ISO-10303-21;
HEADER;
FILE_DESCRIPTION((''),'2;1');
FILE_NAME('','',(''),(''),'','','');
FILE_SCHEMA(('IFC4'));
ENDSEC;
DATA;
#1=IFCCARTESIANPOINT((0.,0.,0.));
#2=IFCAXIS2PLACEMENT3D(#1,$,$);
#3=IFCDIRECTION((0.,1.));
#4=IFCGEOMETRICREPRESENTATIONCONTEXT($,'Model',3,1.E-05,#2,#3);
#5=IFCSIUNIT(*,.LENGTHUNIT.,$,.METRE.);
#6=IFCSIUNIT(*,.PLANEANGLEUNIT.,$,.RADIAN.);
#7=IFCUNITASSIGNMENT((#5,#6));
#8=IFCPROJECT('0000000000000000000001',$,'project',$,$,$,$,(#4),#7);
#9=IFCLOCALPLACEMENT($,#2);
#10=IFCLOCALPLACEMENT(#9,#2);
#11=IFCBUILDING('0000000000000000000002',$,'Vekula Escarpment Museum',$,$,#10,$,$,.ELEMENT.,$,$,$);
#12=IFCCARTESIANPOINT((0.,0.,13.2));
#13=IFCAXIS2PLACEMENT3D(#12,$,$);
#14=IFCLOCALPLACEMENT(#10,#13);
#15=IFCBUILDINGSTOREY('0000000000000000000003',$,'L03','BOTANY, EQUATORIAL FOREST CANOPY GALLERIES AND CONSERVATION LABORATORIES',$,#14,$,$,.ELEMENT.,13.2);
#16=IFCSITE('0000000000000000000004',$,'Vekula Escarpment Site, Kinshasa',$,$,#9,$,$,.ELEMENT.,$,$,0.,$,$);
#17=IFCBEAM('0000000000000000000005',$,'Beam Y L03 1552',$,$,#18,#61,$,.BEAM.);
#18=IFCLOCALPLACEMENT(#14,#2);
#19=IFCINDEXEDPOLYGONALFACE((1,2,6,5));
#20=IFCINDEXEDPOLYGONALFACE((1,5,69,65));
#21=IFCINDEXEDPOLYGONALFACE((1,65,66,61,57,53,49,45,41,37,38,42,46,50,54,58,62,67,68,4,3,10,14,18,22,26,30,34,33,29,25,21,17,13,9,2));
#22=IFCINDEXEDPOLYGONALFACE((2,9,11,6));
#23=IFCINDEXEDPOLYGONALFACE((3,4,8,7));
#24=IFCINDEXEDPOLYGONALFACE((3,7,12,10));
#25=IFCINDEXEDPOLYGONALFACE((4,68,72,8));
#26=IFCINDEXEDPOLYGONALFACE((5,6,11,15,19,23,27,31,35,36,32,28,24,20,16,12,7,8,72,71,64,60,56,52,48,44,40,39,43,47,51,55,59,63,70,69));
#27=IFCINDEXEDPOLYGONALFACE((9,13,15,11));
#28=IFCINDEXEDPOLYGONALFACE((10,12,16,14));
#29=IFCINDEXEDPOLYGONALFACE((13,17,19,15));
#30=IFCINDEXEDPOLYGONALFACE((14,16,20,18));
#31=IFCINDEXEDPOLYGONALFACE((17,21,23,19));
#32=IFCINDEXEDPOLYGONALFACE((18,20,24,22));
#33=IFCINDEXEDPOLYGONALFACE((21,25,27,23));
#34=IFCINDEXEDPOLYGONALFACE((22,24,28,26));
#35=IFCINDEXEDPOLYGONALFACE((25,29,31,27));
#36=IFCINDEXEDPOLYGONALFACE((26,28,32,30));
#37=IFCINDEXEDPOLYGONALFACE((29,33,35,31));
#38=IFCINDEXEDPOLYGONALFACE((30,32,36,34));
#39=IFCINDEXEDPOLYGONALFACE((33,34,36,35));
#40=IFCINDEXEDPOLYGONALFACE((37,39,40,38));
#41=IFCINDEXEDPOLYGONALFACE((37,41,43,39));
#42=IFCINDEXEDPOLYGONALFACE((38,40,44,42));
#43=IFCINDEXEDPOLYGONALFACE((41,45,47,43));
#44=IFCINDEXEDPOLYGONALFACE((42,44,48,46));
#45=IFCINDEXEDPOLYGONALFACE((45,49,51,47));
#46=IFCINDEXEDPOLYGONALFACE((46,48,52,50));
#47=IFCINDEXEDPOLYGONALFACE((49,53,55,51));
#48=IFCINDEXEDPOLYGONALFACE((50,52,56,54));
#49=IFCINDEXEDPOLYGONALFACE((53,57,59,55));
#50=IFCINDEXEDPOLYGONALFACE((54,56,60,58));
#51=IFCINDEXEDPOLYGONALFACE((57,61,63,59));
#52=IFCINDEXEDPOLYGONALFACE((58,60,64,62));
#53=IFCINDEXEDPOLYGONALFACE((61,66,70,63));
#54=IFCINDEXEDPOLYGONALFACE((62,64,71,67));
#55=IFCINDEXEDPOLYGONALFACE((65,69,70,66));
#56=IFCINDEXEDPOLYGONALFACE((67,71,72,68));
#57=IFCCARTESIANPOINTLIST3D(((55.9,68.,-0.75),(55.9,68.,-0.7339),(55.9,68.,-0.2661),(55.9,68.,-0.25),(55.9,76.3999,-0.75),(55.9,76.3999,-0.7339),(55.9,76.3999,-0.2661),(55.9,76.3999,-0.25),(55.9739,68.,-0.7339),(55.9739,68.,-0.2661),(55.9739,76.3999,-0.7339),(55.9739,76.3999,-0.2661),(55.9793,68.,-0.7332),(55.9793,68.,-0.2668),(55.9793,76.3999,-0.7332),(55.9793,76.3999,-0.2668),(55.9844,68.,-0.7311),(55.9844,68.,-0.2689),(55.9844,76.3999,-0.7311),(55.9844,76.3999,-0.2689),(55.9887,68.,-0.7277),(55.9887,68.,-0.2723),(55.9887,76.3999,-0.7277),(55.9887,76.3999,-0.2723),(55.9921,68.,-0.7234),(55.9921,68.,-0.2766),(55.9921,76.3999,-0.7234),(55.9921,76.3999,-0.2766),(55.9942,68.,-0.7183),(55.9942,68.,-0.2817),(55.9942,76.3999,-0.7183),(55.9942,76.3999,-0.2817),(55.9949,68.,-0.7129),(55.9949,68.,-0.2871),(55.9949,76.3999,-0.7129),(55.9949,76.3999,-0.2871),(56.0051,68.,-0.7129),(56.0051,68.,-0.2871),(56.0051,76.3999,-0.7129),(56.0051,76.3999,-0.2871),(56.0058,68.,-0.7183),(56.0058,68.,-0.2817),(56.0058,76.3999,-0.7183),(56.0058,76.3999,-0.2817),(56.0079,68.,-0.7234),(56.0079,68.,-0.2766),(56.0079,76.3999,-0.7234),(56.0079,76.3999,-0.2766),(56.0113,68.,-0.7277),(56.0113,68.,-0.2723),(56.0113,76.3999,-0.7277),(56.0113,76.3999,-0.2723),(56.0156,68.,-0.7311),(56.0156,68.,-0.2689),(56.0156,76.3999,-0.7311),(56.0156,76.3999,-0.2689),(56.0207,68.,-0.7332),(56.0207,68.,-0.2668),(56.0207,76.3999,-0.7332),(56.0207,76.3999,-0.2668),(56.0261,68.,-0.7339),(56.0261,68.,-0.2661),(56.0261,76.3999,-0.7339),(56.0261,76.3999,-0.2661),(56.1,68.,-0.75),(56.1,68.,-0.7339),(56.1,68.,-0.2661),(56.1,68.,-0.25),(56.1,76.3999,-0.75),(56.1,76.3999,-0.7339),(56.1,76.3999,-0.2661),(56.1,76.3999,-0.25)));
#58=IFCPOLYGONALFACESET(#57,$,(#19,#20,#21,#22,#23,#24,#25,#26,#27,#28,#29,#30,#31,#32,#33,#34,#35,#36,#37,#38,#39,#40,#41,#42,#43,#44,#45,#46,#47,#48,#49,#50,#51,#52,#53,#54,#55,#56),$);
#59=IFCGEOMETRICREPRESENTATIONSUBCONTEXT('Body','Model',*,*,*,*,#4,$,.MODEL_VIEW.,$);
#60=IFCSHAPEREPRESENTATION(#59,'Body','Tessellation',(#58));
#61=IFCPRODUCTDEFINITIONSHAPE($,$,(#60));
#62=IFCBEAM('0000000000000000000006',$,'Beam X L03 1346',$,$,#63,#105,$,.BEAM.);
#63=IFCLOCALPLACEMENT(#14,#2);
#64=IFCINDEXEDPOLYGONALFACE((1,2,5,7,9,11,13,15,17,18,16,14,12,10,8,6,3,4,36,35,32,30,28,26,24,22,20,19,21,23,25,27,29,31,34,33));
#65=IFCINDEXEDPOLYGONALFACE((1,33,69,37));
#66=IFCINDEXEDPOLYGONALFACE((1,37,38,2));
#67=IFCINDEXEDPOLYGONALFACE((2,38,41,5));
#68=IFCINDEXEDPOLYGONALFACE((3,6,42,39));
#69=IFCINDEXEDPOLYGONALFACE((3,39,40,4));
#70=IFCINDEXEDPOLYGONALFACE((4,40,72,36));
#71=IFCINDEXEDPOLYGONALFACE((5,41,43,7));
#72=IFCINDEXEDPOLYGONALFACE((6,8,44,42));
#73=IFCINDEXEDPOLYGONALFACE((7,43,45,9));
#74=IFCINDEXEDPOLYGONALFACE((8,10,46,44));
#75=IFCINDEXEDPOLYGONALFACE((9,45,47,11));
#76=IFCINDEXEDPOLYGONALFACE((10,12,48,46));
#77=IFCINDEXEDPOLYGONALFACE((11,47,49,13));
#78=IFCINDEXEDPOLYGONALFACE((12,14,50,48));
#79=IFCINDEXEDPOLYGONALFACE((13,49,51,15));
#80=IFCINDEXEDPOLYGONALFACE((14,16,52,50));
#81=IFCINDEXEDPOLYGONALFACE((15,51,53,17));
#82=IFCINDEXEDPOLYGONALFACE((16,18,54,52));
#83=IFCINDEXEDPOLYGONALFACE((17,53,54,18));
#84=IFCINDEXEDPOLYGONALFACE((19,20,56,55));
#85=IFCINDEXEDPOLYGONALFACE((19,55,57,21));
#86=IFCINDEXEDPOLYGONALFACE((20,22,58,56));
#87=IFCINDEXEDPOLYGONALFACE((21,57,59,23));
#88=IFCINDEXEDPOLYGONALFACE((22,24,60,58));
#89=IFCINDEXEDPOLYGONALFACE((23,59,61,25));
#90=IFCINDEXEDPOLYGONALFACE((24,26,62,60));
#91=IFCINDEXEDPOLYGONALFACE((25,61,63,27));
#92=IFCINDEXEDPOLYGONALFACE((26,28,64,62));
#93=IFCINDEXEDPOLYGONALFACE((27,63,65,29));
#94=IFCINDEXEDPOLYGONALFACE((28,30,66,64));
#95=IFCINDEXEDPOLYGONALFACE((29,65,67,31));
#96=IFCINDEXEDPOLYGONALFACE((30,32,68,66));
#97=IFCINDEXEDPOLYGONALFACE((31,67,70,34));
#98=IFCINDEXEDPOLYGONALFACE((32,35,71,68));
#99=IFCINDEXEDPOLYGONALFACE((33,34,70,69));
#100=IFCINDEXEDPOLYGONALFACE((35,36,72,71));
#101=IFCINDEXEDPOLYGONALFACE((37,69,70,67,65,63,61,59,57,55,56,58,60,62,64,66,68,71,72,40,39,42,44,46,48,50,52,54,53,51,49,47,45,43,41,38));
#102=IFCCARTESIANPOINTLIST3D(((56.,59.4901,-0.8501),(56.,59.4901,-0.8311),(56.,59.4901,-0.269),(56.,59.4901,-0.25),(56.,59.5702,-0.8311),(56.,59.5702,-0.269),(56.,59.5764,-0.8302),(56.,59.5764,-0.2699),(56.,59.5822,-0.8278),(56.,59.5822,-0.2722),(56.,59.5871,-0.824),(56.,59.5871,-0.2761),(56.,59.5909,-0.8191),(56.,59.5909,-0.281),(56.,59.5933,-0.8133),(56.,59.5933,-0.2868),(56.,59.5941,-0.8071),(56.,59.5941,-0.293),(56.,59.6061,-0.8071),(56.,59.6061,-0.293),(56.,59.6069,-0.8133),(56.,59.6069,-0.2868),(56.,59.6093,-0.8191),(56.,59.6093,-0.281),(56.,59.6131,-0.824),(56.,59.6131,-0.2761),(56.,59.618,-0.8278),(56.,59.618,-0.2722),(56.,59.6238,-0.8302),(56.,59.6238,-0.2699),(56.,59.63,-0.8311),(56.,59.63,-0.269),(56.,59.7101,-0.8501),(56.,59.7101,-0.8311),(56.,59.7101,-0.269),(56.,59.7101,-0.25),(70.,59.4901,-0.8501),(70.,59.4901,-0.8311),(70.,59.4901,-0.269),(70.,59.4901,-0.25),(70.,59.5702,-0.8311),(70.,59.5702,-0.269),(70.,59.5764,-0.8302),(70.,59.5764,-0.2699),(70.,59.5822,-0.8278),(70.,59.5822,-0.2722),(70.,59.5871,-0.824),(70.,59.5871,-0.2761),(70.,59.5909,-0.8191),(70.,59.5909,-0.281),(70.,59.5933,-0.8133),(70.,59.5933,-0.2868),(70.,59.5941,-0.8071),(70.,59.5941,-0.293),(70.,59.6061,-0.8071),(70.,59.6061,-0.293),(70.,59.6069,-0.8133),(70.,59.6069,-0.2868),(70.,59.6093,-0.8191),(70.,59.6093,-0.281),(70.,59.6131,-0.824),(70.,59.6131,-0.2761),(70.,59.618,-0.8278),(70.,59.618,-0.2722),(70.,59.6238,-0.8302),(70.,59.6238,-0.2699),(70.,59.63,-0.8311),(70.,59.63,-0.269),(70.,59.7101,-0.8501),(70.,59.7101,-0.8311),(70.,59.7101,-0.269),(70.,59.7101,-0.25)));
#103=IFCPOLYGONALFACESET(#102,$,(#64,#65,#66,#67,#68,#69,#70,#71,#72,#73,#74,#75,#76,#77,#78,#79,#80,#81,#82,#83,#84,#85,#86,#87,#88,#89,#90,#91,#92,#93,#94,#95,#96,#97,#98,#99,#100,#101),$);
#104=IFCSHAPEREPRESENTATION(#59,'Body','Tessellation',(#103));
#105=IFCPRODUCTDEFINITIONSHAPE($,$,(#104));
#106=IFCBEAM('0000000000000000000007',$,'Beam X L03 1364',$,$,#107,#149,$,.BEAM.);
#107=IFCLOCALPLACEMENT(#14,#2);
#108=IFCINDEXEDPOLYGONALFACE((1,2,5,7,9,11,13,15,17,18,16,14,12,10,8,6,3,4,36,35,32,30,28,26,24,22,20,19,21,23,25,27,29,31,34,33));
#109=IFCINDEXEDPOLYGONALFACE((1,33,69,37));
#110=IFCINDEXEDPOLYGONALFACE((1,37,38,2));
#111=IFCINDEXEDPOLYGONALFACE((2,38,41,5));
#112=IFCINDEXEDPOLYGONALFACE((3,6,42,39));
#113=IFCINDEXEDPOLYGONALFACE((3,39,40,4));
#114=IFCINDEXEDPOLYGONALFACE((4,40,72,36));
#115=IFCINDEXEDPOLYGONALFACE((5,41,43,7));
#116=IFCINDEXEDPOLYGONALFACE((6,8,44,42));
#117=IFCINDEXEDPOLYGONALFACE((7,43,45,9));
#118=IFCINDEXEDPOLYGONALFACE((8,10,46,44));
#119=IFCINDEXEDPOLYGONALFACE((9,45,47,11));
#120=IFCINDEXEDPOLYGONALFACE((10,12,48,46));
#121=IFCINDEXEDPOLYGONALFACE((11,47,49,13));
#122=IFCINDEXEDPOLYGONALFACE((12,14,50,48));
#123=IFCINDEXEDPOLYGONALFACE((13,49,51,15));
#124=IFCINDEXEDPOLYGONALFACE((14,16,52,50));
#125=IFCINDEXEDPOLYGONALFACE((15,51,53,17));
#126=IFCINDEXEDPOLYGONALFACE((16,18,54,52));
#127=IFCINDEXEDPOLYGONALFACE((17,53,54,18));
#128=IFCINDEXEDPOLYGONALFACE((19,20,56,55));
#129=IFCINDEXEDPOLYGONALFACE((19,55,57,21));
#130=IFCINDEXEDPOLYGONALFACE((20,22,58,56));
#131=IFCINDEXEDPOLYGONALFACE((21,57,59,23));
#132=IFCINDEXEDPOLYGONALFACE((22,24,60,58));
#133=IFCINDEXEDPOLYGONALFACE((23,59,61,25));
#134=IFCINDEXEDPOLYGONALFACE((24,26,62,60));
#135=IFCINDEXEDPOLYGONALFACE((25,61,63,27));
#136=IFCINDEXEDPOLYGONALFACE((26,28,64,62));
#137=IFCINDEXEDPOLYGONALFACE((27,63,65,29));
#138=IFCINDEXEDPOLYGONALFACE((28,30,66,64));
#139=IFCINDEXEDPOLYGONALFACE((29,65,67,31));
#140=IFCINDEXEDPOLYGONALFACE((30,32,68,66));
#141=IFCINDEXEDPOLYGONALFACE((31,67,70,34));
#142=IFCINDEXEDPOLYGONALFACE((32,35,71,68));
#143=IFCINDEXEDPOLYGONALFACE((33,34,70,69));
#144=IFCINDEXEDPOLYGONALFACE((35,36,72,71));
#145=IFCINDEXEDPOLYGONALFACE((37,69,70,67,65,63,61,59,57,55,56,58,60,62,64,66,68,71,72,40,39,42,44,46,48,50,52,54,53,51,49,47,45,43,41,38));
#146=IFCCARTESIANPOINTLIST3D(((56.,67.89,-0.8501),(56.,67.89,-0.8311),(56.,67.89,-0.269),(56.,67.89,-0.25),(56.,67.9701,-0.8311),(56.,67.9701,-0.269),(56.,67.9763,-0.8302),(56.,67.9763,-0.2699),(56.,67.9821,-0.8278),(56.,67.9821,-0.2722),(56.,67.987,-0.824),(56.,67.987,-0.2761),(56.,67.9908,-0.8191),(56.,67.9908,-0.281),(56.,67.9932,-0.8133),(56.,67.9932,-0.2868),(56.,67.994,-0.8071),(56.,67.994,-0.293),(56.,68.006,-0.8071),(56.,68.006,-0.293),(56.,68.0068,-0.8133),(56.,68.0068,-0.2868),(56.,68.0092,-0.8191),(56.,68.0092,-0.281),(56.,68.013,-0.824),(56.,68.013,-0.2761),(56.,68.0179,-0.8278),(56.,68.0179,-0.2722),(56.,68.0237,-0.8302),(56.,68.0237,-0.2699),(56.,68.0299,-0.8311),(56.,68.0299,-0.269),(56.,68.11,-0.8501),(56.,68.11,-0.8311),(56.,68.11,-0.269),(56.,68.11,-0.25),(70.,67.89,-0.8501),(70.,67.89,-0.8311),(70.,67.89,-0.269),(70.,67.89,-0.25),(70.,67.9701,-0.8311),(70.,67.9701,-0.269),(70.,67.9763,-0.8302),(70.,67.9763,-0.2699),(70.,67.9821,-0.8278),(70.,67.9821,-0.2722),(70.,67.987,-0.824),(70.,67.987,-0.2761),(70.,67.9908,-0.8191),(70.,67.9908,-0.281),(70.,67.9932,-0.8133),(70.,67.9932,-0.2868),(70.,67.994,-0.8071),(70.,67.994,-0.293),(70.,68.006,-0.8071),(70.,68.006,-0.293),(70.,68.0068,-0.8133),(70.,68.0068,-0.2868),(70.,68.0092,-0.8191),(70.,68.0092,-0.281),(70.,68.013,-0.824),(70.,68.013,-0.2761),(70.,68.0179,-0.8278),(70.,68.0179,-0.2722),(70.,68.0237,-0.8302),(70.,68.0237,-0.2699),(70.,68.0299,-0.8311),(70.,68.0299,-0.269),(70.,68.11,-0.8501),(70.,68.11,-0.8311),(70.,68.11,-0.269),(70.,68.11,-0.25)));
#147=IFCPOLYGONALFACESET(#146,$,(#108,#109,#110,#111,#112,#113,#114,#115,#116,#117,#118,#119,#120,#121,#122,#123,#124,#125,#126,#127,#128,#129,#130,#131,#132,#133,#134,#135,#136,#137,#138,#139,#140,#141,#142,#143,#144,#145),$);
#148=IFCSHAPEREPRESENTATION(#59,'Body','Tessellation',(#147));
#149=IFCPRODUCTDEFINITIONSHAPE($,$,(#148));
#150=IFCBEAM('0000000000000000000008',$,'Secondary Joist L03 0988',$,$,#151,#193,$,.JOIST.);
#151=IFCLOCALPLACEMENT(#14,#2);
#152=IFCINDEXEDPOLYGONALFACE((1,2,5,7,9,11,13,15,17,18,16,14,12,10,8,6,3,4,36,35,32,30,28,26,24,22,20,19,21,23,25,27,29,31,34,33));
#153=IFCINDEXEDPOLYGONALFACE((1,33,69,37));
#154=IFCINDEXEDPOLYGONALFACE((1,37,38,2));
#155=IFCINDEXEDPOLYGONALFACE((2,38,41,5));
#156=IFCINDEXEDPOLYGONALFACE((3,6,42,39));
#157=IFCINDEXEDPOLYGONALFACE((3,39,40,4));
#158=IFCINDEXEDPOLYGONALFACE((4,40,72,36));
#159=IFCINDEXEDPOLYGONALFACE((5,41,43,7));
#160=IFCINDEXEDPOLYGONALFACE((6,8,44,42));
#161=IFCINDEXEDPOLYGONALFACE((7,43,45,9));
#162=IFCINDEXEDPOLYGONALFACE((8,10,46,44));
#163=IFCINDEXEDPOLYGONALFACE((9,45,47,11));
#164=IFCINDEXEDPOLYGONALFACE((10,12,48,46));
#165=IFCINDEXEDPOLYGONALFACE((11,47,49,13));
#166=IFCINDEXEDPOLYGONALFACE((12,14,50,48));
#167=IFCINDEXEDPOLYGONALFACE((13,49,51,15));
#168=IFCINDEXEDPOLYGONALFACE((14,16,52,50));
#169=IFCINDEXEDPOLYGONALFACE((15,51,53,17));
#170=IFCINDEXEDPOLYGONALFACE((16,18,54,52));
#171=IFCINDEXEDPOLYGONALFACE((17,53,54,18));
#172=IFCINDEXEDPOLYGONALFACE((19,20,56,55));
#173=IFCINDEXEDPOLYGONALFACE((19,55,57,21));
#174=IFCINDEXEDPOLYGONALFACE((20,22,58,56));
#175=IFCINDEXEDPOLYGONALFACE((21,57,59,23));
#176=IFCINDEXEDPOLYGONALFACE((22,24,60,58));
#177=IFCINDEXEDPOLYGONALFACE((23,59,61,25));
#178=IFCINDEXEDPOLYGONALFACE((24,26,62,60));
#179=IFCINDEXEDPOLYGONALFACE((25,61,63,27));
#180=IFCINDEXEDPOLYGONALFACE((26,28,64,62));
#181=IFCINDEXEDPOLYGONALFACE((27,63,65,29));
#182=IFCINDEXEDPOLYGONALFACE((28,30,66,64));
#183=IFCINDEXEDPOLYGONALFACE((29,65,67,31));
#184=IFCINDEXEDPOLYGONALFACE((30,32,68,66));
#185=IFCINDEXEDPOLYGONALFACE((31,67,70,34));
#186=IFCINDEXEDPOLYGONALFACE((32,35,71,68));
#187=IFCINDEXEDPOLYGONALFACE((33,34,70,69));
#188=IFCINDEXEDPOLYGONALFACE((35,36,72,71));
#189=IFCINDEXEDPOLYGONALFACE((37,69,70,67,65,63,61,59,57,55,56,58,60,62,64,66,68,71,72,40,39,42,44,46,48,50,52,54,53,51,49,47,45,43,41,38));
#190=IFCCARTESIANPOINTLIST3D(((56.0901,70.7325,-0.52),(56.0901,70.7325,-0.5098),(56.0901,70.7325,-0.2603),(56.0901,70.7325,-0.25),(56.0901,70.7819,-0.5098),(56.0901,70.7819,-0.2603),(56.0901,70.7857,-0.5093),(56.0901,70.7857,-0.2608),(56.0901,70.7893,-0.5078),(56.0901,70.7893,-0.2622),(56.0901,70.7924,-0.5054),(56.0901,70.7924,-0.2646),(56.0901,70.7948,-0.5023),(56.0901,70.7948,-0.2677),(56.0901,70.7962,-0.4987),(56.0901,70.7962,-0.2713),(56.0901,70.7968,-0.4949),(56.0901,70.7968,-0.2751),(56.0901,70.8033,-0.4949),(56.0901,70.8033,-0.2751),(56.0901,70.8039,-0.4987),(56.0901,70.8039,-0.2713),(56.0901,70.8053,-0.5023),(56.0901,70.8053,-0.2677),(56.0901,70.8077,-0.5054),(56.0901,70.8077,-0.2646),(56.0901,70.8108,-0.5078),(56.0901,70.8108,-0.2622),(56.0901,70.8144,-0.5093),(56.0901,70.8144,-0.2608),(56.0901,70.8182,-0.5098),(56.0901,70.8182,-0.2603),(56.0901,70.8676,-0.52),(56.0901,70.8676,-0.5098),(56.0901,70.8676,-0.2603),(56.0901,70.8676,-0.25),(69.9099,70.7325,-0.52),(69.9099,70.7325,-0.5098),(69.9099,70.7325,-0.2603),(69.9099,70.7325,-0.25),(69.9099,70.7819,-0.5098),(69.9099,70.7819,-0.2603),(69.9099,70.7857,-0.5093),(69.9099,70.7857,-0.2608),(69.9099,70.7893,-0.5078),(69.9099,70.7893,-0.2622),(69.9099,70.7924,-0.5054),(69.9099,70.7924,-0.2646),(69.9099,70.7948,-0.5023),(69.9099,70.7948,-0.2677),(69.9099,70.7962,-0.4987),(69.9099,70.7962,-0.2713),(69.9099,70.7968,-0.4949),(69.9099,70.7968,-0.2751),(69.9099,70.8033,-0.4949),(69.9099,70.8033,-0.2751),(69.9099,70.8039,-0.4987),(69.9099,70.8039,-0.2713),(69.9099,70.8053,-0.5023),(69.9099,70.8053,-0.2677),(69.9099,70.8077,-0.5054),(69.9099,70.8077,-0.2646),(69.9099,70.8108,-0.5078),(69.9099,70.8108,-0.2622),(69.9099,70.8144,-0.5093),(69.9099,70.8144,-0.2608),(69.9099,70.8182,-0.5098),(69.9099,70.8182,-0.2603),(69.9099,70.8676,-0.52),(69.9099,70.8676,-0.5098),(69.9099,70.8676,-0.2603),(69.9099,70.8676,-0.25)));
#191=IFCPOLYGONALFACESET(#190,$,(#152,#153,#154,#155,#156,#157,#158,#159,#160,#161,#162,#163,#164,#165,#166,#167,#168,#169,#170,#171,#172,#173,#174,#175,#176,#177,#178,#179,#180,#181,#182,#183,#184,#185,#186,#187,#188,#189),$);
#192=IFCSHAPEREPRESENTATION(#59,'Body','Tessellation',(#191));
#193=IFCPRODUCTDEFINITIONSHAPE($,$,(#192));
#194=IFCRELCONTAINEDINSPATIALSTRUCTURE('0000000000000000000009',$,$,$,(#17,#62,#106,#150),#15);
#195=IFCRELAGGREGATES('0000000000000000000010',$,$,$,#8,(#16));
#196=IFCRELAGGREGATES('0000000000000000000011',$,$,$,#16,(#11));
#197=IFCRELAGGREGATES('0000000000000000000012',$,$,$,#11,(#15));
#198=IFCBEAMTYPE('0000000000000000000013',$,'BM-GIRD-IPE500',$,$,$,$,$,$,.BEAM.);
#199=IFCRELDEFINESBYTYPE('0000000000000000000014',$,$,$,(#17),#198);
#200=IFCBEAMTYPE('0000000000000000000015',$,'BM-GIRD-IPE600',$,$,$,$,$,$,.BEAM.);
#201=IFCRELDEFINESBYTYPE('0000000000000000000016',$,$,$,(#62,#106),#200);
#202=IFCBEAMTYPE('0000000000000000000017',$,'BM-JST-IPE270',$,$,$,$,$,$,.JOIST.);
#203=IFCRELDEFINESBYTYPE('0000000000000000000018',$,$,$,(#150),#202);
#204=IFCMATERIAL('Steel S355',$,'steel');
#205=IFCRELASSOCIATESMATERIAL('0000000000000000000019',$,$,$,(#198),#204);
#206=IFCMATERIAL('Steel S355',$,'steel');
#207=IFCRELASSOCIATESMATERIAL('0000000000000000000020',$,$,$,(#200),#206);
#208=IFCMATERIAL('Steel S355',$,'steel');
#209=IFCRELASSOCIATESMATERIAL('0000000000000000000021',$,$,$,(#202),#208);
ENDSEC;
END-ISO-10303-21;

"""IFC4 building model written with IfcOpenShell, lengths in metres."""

from ifc_helpers import new_model, si_unit, direction, frame, origin, origin_2d, place, context, subcontext, project, spatial, i_section, extrude, material, material_profile, profile_set, type_object, element, save


model = new_model("IFC4")

# Units and contexts
model_context = context("Model", 3, precision=1e-05, world=origin(), true_north=direction((0.0, 1.0)))
body_context = subcontext(model_context, "Body", "Model", "MODEL_VIEW")
ifc_project = project(units=[si_unit("LENGTHUNIT", "METRE"), si_unit("PLANEANGLEUNIT", "RADIAN")], contexts=[model_context])

# Site, building, storey
site_placement = place(None, origin())
site = spatial("IfcSite", under=ifc_project, at=site_placement, Name="Vekula Escarpment Site, Kinshasa", CompositionType="ELEMENT", RefElevation=0.0)
building_placement = place(site_placement, origin())
building = spatial("IfcBuilding", under=site, at=building_placement, Name="Vekula Escarpment Museum", CompositionType="ELEMENT")
storey_placement = place(building_placement, frame((0.0, 0.0, 13.2)))
storey = spatial("IfcBuildingStorey", under=building, at=storey_placement, Name="L03", Description="BOTANY, EQUATORIAL FOREST CANOPY GALLERIES AND CONSERVATION LABORATORIES", CompositionType="ELEMENT", Elevation=13.2)

# Beams
ifc_material_1 = material(Name="Steel S355", Category="steel")
ifc_material_profile_1 = material_profile(ifc_material_1, i_section(OverallWidth=0.2, OverallDepth=0.5, WebThickness=0.0103, FlangeThickness=0.0161, FilletRadius=0.021, at=origin_2d()), Name="IPE 500")
ifc_profile_set_1 = profile_set([ifc_material_profile_1], Name="Steel S355")
beam_type_1 = type_object("IfcBeamType", Name="BM-GIRD-IPE500", PredefinedType="BEAM", material=ifc_profile_set_1)
for number, where, z_axis, x_axis, name in (
    (1, (56.0, 68.0, -0.5), (0.0, 1.0, 0.0), (-1.0, 0.0, 0.0), "Beam Y L03 1552"),
):
    element("IfcBeam", number, at=place(storey_placement, frame(where, z_axis=z_axis, x_axis=x_axis)), inside=storey, type_object=beam_type_1, Name=name, PredefinedType="BEAM", context=body_context, shape_type="SweptSolid", body=[
        extrude(i_section(OverallWidth=0.2, OverallDepth=0.5, WebThickness=0.0103, FlangeThickness=0.0161, FilletRadius=0.021, at=origin_2d()), origin(), (0.0, 0.0, 1.0), 8.3999),
    ])
ifc_material_2 = material(Name="Steel S355", Category="steel")
ifc_material_profile_2 = material_profile(ifc_material_2, i_section(OverallWidth=0.22, OverallDepth=0.6001, WebThickness=0.012, FlangeThickness=0.019, FilletRadius=0.0239, at=origin_2d()), Name="IPE 600")
ifc_profile_set_2 = profile_set([ifc_material_profile_2], Name="Steel S355")
beam_type_2 = type_object("IfcBeamType", Name="BM-GIRD-IPE600", PredefinedType="BEAM", material=ifc_profile_set_2)
for number, where, z_axis, x_axis, name in (
    (2, (56.0, 59.6001, -0.55), (1.0, 0.0, 0.0), (0.0, 1.0, 0.0), "Beam X L03 1346"),
    (3, (56.0, 68.0, -0.55), (1.0, 0.0, 0.0), (0.0, 1.0, 0.0), "Beam X L03 1364"),
):
    element("IfcBeam", number, at=place(storey_placement, frame(where, z_axis=z_axis, x_axis=x_axis)), inside=storey, type_object=beam_type_2, Name=name, PredefinedType="BEAM", context=body_context, shape_type="SweptSolid", body=[
        extrude(i_section(OverallWidth=0.22, OverallDepth=0.6001, WebThickness=0.012, FlangeThickness=0.019, FilletRadius=0.0239, at=origin_2d()), origin(), (0.0, 0.0, 1.0), 14.0),
    ])
ifc_material_3 = material(Name="Steel S355", Category="steel")
ifc_material_profile_3 = material_profile(ifc_material_3, i_section(OverallWidth=0.135, OverallDepth=0.27, WebThickness=0.0066, FlangeThickness=0.0103, FilletRadius=0.0149, at=origin_2d()), Name="IPE 270")
ifc_profile_set_3 = profile_set([ifc_material_profile_3], Name="Steel S355")
beam_type_3 = type_object("IfcBeamType", Name="BM-JST-IPE270", PredefinedType="JOIST", material=ifc_profile_set_3)
for number, where, z_axis, x_axis, name in (
    (4, (56.0901, 70.8, -0.385), (1.0, 0.0, 0.0), (0.0, 1.0, 0.0), "Secondary Joist L03 0988"),
):
    element("IfcBeam", number, at=place(storey_placement, frame(where, z_axis=z_axis, x_axis=x_axis)), inside=storey, type_object=beam_type_3, Name=name, PredefinedType="JOIST", context=body_context, shape_type="SweptSolid", body=[
        extrude(i_section(OverallWidth=0.135, OverallDepth=0.27, WebThickness=0.0066, FlangeThickness=0.0103, FilletRadius=0.0149, at=origin_2d()), origin(), (0.0, 0.0, 1.0), 13.8198),
    ])

save(model, "model.ifc")
